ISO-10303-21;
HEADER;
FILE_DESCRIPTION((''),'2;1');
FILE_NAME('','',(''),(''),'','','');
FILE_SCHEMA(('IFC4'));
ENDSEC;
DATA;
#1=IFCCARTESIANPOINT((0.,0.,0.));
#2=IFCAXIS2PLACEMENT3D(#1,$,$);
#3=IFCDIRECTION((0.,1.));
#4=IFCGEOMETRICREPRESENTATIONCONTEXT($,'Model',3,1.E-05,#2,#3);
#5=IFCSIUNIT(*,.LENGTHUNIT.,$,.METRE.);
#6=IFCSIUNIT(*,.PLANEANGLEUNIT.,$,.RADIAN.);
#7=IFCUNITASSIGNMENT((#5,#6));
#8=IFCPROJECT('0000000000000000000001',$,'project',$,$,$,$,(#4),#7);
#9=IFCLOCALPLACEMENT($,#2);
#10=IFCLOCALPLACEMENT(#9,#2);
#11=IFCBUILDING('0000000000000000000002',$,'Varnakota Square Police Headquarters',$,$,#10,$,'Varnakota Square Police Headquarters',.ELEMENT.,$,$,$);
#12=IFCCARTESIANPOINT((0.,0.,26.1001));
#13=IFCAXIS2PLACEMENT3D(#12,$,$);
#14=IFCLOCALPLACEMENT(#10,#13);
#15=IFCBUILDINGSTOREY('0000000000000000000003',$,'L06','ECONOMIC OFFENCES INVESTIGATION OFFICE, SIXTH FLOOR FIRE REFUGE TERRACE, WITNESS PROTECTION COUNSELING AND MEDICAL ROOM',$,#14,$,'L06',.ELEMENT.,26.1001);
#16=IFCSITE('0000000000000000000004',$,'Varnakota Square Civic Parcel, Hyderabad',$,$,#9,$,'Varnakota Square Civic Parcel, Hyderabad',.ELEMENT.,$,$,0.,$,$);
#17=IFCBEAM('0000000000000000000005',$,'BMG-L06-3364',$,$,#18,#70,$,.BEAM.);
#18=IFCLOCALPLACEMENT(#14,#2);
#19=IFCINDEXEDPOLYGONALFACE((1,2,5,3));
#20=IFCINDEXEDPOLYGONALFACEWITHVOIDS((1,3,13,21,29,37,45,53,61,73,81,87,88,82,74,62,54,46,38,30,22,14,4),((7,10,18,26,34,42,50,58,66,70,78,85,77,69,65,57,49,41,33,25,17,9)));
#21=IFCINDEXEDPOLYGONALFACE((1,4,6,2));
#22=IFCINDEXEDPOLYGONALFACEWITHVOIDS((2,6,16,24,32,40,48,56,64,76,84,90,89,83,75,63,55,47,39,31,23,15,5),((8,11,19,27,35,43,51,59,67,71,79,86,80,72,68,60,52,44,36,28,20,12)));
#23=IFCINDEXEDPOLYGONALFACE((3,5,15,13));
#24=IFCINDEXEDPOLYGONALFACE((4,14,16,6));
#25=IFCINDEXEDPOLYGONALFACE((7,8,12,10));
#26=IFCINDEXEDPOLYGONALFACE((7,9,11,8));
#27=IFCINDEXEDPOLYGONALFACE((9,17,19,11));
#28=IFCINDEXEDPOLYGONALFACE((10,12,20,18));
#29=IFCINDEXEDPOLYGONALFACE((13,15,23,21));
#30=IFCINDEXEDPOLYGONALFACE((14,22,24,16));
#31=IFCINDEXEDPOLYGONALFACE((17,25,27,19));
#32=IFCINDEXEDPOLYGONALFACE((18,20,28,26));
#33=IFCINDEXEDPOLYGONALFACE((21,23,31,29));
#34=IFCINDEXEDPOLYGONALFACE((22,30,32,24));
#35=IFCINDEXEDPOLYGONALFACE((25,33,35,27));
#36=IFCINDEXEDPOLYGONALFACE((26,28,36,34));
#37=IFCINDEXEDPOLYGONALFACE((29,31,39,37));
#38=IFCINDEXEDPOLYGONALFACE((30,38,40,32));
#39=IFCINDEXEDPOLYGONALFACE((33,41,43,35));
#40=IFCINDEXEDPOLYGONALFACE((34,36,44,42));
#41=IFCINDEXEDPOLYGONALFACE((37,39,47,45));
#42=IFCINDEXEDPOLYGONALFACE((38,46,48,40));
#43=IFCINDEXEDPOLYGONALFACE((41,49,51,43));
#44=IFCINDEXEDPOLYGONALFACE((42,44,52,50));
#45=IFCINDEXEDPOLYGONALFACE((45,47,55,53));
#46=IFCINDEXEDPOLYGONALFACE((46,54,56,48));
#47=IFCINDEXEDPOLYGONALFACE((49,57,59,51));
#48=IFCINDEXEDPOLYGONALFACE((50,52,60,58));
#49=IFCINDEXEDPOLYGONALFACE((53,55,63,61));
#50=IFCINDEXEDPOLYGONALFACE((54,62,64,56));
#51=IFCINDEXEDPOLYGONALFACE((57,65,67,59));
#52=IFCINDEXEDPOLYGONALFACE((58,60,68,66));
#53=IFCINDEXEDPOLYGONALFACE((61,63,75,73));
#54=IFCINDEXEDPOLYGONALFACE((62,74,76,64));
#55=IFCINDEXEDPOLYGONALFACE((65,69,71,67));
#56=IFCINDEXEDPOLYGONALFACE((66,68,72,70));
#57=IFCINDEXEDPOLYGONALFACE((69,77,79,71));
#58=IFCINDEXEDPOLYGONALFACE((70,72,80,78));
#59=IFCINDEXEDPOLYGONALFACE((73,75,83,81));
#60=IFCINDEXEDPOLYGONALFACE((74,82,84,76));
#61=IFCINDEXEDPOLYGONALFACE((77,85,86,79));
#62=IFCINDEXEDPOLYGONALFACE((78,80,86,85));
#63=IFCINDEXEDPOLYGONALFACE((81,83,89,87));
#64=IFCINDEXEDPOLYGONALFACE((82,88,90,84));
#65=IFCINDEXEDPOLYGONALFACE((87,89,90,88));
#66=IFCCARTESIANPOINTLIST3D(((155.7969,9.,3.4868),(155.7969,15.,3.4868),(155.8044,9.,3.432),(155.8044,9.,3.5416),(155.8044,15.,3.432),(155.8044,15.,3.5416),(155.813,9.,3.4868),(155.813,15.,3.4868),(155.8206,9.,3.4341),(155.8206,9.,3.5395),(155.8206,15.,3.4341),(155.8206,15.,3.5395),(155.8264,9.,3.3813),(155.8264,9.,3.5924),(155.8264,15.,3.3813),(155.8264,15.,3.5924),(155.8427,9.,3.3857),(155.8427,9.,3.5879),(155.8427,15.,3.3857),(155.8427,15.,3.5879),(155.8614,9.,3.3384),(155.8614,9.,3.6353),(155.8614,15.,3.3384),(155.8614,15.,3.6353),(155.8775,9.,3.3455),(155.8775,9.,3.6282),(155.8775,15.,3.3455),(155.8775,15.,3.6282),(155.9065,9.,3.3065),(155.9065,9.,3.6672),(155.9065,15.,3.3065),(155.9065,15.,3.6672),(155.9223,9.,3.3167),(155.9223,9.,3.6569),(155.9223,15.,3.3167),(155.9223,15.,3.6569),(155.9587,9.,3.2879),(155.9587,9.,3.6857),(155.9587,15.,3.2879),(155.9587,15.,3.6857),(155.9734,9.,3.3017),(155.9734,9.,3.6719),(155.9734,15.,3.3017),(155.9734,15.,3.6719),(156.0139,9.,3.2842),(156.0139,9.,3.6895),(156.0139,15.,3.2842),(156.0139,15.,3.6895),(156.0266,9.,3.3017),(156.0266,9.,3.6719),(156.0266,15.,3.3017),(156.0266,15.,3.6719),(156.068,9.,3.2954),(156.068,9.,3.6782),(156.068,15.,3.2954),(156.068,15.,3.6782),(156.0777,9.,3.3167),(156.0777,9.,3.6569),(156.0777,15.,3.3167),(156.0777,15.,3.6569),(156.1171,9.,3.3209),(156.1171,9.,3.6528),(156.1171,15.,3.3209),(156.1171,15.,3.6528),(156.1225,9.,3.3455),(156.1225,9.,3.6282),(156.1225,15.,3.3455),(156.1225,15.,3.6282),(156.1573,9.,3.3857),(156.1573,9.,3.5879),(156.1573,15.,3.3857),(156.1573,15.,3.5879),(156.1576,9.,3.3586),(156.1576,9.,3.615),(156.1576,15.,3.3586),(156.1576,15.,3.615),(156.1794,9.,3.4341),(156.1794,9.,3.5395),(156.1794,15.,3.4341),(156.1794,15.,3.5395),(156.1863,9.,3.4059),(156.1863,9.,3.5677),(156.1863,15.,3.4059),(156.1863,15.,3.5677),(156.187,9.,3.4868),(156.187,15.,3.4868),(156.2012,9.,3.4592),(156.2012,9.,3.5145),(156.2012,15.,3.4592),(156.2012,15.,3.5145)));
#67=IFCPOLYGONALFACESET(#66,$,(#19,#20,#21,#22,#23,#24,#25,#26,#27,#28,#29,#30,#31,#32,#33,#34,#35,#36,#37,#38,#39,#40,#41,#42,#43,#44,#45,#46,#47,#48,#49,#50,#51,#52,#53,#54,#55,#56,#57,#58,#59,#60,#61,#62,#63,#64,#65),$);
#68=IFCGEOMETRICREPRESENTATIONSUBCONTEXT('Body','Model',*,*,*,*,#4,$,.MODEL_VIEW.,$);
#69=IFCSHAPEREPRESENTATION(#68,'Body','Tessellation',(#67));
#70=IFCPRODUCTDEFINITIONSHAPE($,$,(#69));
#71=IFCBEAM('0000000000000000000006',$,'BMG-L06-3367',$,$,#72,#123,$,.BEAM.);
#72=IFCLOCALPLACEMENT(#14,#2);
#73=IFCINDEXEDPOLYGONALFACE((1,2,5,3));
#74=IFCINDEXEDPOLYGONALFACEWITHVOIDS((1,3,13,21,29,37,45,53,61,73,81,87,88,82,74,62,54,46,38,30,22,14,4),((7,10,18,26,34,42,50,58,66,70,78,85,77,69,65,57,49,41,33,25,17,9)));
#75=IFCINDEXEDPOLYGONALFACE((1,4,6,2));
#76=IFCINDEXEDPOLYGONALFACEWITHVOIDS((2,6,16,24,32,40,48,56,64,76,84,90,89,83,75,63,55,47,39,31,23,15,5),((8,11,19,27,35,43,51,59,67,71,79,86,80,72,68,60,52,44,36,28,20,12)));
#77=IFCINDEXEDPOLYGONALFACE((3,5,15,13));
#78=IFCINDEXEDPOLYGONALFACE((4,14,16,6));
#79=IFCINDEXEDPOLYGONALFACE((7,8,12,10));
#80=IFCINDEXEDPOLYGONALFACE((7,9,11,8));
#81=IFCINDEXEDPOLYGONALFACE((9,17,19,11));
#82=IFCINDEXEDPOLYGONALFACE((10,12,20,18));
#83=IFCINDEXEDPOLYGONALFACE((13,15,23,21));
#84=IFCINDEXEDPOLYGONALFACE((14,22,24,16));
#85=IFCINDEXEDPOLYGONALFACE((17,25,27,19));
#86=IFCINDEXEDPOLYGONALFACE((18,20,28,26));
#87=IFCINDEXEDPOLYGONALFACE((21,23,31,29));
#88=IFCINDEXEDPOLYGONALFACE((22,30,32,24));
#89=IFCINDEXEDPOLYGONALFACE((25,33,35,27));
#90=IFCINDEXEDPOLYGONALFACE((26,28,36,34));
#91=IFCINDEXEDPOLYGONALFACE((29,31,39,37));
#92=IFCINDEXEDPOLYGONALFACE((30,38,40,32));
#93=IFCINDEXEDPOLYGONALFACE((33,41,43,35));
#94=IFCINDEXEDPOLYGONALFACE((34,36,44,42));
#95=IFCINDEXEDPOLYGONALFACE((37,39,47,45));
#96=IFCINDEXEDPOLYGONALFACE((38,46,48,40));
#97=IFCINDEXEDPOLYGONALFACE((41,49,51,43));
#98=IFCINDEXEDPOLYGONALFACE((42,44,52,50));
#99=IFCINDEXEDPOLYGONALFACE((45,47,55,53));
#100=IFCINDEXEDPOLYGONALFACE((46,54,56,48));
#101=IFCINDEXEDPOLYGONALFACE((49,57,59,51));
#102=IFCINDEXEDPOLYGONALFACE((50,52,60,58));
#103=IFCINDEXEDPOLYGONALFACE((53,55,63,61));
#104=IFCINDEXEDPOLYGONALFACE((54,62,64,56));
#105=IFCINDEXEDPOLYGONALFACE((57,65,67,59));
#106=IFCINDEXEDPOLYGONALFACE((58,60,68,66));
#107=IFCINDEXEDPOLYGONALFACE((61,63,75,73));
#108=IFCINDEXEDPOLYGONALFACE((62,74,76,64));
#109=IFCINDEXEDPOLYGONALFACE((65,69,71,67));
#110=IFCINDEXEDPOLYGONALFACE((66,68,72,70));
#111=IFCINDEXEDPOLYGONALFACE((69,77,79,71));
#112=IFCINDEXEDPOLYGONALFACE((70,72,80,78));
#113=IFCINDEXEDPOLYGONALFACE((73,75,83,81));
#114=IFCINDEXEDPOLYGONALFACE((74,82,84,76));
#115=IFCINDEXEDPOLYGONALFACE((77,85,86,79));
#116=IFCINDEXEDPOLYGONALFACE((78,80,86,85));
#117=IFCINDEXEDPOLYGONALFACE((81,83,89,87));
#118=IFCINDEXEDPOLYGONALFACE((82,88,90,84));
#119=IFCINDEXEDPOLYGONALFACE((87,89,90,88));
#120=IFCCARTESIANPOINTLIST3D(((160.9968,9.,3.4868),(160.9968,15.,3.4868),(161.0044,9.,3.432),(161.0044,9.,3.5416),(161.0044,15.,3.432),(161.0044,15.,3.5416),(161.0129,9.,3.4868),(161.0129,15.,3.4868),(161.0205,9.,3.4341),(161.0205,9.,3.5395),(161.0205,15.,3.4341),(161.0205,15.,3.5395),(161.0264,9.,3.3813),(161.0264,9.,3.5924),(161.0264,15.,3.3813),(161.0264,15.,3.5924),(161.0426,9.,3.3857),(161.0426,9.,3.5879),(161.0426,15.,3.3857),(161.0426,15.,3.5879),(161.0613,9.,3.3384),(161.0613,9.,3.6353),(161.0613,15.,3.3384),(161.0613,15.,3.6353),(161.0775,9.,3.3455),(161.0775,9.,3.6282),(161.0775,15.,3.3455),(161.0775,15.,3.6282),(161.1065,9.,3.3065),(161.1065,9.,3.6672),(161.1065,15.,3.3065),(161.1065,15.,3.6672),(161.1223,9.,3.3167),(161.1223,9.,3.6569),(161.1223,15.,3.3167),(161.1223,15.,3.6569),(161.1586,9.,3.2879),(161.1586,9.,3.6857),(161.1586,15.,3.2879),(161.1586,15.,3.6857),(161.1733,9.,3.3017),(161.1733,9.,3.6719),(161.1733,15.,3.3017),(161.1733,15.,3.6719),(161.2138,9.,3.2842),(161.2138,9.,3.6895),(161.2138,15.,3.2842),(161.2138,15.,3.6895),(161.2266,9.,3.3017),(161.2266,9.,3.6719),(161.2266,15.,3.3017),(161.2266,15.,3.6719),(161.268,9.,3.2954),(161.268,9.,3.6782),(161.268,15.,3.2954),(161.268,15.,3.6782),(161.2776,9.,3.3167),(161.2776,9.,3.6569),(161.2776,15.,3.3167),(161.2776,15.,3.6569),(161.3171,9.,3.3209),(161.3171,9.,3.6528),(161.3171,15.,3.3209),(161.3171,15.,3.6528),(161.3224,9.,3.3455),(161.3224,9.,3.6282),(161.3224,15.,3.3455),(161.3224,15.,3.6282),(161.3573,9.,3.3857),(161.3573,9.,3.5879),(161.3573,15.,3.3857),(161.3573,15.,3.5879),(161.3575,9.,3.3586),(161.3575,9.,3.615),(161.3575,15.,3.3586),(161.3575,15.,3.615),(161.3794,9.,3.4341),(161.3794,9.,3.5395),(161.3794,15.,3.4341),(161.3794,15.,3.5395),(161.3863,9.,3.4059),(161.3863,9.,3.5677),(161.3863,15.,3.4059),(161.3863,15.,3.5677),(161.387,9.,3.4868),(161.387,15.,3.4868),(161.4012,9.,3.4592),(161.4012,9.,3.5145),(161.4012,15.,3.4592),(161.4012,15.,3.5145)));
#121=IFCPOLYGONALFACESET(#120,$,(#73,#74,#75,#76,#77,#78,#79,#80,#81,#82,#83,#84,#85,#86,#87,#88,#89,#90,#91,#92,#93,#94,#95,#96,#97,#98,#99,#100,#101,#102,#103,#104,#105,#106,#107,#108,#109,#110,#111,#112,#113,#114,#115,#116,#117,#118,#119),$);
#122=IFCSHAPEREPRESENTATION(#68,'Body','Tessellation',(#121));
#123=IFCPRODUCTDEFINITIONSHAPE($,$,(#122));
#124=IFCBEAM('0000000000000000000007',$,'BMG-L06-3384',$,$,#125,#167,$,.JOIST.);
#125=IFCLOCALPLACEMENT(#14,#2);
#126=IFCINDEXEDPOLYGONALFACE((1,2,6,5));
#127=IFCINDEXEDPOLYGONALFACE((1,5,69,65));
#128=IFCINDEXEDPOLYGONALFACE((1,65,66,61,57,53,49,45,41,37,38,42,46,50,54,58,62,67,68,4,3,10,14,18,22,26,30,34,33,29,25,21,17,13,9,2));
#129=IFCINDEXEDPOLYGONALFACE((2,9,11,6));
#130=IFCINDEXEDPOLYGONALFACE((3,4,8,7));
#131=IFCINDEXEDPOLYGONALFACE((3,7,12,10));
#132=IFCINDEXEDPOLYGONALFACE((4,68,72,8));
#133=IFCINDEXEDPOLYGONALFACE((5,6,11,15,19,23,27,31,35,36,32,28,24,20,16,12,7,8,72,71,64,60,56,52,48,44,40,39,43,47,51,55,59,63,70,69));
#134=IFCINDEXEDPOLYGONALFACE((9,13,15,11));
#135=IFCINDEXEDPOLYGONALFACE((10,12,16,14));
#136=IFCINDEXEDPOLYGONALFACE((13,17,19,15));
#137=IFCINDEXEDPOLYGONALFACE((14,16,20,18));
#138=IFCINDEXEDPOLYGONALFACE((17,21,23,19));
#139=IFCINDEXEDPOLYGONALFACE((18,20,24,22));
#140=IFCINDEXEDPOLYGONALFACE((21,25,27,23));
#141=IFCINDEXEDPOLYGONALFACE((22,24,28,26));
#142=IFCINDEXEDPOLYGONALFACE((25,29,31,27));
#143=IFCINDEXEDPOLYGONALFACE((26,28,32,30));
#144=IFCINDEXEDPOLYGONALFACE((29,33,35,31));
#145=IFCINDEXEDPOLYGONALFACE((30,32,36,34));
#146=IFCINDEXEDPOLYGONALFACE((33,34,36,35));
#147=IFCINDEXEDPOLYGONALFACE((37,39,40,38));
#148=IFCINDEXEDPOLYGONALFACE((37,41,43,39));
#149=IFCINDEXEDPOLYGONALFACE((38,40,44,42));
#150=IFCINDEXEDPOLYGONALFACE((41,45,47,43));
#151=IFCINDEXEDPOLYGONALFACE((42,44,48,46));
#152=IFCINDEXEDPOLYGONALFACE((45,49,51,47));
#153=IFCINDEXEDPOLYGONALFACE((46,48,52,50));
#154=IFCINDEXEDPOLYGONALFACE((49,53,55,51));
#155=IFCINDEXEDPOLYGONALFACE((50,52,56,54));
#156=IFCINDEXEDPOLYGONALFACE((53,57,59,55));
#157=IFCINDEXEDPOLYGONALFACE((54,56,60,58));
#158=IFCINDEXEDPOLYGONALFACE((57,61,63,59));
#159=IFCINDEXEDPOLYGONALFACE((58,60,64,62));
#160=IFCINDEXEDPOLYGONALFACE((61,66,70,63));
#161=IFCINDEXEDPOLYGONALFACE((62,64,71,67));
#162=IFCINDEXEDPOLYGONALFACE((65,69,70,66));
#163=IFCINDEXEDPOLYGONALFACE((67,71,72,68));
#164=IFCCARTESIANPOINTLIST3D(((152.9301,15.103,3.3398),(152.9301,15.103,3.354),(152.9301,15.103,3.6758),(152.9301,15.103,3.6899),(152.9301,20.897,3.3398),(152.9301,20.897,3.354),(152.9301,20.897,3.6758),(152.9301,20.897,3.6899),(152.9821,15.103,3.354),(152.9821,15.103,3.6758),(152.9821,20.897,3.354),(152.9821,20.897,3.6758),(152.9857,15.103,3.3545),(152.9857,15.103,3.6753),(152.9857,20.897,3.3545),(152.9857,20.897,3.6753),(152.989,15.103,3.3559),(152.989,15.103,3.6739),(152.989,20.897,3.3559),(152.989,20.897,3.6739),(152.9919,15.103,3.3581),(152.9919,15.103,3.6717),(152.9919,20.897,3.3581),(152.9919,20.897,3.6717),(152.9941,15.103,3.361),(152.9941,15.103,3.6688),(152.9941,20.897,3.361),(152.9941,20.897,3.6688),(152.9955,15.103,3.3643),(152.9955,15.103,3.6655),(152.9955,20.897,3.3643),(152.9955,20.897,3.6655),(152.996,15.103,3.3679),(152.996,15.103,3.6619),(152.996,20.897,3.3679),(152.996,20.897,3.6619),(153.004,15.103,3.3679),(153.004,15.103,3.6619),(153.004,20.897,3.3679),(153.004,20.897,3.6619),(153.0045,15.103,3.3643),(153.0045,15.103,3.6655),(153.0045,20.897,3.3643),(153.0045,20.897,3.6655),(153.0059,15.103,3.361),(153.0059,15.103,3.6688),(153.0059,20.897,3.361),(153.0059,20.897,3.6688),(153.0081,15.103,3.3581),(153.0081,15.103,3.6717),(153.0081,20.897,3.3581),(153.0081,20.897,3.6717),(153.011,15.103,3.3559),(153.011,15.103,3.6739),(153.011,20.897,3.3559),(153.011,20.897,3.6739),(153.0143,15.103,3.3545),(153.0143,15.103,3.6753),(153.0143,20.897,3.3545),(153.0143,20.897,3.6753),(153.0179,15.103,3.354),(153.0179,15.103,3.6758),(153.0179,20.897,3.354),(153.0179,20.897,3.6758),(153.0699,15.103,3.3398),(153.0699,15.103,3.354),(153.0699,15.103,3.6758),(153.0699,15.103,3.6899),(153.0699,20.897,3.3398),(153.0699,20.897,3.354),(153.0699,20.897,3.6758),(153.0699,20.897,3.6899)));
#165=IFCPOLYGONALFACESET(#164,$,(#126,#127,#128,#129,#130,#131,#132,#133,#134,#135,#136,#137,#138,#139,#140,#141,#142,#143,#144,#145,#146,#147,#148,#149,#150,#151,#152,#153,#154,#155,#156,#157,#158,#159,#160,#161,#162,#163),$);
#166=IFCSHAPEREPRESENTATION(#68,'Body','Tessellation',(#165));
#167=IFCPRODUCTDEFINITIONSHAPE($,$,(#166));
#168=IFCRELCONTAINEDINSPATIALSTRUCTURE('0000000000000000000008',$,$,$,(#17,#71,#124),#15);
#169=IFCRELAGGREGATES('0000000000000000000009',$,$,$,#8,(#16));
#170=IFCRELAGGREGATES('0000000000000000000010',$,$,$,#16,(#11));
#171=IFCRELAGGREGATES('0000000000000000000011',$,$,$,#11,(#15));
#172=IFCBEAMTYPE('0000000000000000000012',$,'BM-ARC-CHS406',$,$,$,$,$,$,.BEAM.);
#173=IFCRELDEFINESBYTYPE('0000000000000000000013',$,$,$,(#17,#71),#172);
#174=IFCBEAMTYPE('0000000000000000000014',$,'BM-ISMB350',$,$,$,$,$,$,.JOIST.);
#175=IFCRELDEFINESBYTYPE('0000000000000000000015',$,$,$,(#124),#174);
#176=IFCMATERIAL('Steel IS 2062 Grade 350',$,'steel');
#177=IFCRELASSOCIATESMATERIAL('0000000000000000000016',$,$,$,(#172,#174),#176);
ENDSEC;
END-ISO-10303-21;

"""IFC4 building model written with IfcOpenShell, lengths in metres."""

from ifc_helpers import new_model, si_unit, direction, frame, origin, origin_2d, place, context, subcontext, project, spatial, hollow_circle, i_section, extrude, material, material_profile, profile_set, type_object, element, save


model = new_model("IFC4")

# Units and contexts
model_context = context("Model", 3, precision=1e-05, world=origin(), true_north=direction((0.0, 1.0)))
body_context = subcontext(model_context, "Body", "Model", "MODEL_VIEW")
ifc_project = project(units=[si_unit("LENGTHUNIT", "METRE"), si_unit("PLANEANGLEUNIT", "RADIAN")], contexts=[model_context])

# Site, building, storey
site_placement = place(None, origin())
site = spatial("IfcSite", under=ifc_project, at=site_placement, Name="Varnakota Square Civic Parcel, Hyderabad", LongName="Varnakota Square Civic Parcel, Hyderabad", CompositionType="ELEMENT", RefElevation=0.0)
building_placement = place(site_placement, origin())
building = spatial("IfcBuilding", under=site, at=building_placement, Name="Varnakota Square Police Headquarters", LongName="Varnakota Square Police Headquarters", CompositionType="ELEMENT")
storey_placement = place(building_placement, frame((0.0, 0.0, 26.1001)))
storey = spatial("IfcBuildingStorey", under=building, at=storey_placement, Name="L06", Description="ECONOMIC OFFENCES INVESTIGATION OFFICE, SIXTH FLOOR FIRE REFUGE TERRACE, WITNESS PROTECTION COUNSELING AND MEDICAL ROOM", LongName="L06", CompositionType="ELEMENT", Elevation=26.1001)

# Shared definitions
ifc_material_1 = material(Name="Steel IS 2062 Grade 350", Category="steel")

# Beams
ifc_material_profile_1 = material_profile(ifc_material_1, hollow_circle(Radius=0.2031, WallThickness=0.0161, at=origin_2d()), Name="CHS 406.4x16.0")
ifc_profile_set_1 = profile_set([ifc_material_profile_1], Name="Steel IS 2062 Grade 350")
beam_type_1 = type_object("IfcBeamType", Name="BM-ARC-CHS406", PredefinedType="BEAM", material=ifc_profile_set_1)
for number, where, z_axis, x_axis, name in (
    (1, (156.0, 9.0, 3.4868), (0.0, 1.0, 0.0), (-1.0, 0.0, 0.0), "BMG-L06-3364"),
    (2, (161.2, 9.0, 3.4868), (0.0, 1.0, 0.0), (-1.0, 0.0, 0.0), "BMG-L06-3367"),
):
    element("IfcBeam", number, at=place(storey_placement, frame(where, z_axis=z_axis, x_axis=x_axis)), inside=storey, type_object=beam_type_1, Name=name, PredefinedType="BEAM", context=body_context, shape_type="SweptSolid", body=[
        extrude(hollow_circle(Radius=0.2031, WallThickness=0.0161, at=origin_2d()), origin(), (0.0, 0.0, 1.0), 6.0),
    ])
ifc_material_profile_2 = material_profile(ifc_material_1, i_section(OverallWidth=0.1399, OverallDepth=0.3501, WebThickness=0.0081, FlangeThickness=0.0142, FilletRadius=0.0139, at=origin_2d()), Name="ISMB 350")
ifc_profile_set_2 = profile_set([ifc_material_profile_2], Name="Steel IS 2062 Grade 350")
beam_type_2 = type_object("IfcBeamType", Name="BM-ISMB350", PredefinedType="JOIST", material=ifc_profile_set_2)
beam_1_placement = place(storey_placement, frame((153.0, 15.103, 3.5149), z_axis=(0.0, 1.0, 0.0), x_axis=(-1.0, 0.0, 0.0)))
element("IfcBeam", 3, at=beam_1_placement, inside=storey, type_object=beam_type_2, Name="BMG-L06-3384", PredefinedType="JOIST", context=body_context, shape_type="SweptSolid", body=[
    extrude(i_section(OverallWidth=0.1399, OverallDepth=0.3501, WebThickness=0.0081, FlangeThickness=0.0142, FilletRadius=0.0139, at=origin_2d()), origin(), (0.0, 0.0, 1.0), 5.7939),
])

save(model, "model.ifc")
